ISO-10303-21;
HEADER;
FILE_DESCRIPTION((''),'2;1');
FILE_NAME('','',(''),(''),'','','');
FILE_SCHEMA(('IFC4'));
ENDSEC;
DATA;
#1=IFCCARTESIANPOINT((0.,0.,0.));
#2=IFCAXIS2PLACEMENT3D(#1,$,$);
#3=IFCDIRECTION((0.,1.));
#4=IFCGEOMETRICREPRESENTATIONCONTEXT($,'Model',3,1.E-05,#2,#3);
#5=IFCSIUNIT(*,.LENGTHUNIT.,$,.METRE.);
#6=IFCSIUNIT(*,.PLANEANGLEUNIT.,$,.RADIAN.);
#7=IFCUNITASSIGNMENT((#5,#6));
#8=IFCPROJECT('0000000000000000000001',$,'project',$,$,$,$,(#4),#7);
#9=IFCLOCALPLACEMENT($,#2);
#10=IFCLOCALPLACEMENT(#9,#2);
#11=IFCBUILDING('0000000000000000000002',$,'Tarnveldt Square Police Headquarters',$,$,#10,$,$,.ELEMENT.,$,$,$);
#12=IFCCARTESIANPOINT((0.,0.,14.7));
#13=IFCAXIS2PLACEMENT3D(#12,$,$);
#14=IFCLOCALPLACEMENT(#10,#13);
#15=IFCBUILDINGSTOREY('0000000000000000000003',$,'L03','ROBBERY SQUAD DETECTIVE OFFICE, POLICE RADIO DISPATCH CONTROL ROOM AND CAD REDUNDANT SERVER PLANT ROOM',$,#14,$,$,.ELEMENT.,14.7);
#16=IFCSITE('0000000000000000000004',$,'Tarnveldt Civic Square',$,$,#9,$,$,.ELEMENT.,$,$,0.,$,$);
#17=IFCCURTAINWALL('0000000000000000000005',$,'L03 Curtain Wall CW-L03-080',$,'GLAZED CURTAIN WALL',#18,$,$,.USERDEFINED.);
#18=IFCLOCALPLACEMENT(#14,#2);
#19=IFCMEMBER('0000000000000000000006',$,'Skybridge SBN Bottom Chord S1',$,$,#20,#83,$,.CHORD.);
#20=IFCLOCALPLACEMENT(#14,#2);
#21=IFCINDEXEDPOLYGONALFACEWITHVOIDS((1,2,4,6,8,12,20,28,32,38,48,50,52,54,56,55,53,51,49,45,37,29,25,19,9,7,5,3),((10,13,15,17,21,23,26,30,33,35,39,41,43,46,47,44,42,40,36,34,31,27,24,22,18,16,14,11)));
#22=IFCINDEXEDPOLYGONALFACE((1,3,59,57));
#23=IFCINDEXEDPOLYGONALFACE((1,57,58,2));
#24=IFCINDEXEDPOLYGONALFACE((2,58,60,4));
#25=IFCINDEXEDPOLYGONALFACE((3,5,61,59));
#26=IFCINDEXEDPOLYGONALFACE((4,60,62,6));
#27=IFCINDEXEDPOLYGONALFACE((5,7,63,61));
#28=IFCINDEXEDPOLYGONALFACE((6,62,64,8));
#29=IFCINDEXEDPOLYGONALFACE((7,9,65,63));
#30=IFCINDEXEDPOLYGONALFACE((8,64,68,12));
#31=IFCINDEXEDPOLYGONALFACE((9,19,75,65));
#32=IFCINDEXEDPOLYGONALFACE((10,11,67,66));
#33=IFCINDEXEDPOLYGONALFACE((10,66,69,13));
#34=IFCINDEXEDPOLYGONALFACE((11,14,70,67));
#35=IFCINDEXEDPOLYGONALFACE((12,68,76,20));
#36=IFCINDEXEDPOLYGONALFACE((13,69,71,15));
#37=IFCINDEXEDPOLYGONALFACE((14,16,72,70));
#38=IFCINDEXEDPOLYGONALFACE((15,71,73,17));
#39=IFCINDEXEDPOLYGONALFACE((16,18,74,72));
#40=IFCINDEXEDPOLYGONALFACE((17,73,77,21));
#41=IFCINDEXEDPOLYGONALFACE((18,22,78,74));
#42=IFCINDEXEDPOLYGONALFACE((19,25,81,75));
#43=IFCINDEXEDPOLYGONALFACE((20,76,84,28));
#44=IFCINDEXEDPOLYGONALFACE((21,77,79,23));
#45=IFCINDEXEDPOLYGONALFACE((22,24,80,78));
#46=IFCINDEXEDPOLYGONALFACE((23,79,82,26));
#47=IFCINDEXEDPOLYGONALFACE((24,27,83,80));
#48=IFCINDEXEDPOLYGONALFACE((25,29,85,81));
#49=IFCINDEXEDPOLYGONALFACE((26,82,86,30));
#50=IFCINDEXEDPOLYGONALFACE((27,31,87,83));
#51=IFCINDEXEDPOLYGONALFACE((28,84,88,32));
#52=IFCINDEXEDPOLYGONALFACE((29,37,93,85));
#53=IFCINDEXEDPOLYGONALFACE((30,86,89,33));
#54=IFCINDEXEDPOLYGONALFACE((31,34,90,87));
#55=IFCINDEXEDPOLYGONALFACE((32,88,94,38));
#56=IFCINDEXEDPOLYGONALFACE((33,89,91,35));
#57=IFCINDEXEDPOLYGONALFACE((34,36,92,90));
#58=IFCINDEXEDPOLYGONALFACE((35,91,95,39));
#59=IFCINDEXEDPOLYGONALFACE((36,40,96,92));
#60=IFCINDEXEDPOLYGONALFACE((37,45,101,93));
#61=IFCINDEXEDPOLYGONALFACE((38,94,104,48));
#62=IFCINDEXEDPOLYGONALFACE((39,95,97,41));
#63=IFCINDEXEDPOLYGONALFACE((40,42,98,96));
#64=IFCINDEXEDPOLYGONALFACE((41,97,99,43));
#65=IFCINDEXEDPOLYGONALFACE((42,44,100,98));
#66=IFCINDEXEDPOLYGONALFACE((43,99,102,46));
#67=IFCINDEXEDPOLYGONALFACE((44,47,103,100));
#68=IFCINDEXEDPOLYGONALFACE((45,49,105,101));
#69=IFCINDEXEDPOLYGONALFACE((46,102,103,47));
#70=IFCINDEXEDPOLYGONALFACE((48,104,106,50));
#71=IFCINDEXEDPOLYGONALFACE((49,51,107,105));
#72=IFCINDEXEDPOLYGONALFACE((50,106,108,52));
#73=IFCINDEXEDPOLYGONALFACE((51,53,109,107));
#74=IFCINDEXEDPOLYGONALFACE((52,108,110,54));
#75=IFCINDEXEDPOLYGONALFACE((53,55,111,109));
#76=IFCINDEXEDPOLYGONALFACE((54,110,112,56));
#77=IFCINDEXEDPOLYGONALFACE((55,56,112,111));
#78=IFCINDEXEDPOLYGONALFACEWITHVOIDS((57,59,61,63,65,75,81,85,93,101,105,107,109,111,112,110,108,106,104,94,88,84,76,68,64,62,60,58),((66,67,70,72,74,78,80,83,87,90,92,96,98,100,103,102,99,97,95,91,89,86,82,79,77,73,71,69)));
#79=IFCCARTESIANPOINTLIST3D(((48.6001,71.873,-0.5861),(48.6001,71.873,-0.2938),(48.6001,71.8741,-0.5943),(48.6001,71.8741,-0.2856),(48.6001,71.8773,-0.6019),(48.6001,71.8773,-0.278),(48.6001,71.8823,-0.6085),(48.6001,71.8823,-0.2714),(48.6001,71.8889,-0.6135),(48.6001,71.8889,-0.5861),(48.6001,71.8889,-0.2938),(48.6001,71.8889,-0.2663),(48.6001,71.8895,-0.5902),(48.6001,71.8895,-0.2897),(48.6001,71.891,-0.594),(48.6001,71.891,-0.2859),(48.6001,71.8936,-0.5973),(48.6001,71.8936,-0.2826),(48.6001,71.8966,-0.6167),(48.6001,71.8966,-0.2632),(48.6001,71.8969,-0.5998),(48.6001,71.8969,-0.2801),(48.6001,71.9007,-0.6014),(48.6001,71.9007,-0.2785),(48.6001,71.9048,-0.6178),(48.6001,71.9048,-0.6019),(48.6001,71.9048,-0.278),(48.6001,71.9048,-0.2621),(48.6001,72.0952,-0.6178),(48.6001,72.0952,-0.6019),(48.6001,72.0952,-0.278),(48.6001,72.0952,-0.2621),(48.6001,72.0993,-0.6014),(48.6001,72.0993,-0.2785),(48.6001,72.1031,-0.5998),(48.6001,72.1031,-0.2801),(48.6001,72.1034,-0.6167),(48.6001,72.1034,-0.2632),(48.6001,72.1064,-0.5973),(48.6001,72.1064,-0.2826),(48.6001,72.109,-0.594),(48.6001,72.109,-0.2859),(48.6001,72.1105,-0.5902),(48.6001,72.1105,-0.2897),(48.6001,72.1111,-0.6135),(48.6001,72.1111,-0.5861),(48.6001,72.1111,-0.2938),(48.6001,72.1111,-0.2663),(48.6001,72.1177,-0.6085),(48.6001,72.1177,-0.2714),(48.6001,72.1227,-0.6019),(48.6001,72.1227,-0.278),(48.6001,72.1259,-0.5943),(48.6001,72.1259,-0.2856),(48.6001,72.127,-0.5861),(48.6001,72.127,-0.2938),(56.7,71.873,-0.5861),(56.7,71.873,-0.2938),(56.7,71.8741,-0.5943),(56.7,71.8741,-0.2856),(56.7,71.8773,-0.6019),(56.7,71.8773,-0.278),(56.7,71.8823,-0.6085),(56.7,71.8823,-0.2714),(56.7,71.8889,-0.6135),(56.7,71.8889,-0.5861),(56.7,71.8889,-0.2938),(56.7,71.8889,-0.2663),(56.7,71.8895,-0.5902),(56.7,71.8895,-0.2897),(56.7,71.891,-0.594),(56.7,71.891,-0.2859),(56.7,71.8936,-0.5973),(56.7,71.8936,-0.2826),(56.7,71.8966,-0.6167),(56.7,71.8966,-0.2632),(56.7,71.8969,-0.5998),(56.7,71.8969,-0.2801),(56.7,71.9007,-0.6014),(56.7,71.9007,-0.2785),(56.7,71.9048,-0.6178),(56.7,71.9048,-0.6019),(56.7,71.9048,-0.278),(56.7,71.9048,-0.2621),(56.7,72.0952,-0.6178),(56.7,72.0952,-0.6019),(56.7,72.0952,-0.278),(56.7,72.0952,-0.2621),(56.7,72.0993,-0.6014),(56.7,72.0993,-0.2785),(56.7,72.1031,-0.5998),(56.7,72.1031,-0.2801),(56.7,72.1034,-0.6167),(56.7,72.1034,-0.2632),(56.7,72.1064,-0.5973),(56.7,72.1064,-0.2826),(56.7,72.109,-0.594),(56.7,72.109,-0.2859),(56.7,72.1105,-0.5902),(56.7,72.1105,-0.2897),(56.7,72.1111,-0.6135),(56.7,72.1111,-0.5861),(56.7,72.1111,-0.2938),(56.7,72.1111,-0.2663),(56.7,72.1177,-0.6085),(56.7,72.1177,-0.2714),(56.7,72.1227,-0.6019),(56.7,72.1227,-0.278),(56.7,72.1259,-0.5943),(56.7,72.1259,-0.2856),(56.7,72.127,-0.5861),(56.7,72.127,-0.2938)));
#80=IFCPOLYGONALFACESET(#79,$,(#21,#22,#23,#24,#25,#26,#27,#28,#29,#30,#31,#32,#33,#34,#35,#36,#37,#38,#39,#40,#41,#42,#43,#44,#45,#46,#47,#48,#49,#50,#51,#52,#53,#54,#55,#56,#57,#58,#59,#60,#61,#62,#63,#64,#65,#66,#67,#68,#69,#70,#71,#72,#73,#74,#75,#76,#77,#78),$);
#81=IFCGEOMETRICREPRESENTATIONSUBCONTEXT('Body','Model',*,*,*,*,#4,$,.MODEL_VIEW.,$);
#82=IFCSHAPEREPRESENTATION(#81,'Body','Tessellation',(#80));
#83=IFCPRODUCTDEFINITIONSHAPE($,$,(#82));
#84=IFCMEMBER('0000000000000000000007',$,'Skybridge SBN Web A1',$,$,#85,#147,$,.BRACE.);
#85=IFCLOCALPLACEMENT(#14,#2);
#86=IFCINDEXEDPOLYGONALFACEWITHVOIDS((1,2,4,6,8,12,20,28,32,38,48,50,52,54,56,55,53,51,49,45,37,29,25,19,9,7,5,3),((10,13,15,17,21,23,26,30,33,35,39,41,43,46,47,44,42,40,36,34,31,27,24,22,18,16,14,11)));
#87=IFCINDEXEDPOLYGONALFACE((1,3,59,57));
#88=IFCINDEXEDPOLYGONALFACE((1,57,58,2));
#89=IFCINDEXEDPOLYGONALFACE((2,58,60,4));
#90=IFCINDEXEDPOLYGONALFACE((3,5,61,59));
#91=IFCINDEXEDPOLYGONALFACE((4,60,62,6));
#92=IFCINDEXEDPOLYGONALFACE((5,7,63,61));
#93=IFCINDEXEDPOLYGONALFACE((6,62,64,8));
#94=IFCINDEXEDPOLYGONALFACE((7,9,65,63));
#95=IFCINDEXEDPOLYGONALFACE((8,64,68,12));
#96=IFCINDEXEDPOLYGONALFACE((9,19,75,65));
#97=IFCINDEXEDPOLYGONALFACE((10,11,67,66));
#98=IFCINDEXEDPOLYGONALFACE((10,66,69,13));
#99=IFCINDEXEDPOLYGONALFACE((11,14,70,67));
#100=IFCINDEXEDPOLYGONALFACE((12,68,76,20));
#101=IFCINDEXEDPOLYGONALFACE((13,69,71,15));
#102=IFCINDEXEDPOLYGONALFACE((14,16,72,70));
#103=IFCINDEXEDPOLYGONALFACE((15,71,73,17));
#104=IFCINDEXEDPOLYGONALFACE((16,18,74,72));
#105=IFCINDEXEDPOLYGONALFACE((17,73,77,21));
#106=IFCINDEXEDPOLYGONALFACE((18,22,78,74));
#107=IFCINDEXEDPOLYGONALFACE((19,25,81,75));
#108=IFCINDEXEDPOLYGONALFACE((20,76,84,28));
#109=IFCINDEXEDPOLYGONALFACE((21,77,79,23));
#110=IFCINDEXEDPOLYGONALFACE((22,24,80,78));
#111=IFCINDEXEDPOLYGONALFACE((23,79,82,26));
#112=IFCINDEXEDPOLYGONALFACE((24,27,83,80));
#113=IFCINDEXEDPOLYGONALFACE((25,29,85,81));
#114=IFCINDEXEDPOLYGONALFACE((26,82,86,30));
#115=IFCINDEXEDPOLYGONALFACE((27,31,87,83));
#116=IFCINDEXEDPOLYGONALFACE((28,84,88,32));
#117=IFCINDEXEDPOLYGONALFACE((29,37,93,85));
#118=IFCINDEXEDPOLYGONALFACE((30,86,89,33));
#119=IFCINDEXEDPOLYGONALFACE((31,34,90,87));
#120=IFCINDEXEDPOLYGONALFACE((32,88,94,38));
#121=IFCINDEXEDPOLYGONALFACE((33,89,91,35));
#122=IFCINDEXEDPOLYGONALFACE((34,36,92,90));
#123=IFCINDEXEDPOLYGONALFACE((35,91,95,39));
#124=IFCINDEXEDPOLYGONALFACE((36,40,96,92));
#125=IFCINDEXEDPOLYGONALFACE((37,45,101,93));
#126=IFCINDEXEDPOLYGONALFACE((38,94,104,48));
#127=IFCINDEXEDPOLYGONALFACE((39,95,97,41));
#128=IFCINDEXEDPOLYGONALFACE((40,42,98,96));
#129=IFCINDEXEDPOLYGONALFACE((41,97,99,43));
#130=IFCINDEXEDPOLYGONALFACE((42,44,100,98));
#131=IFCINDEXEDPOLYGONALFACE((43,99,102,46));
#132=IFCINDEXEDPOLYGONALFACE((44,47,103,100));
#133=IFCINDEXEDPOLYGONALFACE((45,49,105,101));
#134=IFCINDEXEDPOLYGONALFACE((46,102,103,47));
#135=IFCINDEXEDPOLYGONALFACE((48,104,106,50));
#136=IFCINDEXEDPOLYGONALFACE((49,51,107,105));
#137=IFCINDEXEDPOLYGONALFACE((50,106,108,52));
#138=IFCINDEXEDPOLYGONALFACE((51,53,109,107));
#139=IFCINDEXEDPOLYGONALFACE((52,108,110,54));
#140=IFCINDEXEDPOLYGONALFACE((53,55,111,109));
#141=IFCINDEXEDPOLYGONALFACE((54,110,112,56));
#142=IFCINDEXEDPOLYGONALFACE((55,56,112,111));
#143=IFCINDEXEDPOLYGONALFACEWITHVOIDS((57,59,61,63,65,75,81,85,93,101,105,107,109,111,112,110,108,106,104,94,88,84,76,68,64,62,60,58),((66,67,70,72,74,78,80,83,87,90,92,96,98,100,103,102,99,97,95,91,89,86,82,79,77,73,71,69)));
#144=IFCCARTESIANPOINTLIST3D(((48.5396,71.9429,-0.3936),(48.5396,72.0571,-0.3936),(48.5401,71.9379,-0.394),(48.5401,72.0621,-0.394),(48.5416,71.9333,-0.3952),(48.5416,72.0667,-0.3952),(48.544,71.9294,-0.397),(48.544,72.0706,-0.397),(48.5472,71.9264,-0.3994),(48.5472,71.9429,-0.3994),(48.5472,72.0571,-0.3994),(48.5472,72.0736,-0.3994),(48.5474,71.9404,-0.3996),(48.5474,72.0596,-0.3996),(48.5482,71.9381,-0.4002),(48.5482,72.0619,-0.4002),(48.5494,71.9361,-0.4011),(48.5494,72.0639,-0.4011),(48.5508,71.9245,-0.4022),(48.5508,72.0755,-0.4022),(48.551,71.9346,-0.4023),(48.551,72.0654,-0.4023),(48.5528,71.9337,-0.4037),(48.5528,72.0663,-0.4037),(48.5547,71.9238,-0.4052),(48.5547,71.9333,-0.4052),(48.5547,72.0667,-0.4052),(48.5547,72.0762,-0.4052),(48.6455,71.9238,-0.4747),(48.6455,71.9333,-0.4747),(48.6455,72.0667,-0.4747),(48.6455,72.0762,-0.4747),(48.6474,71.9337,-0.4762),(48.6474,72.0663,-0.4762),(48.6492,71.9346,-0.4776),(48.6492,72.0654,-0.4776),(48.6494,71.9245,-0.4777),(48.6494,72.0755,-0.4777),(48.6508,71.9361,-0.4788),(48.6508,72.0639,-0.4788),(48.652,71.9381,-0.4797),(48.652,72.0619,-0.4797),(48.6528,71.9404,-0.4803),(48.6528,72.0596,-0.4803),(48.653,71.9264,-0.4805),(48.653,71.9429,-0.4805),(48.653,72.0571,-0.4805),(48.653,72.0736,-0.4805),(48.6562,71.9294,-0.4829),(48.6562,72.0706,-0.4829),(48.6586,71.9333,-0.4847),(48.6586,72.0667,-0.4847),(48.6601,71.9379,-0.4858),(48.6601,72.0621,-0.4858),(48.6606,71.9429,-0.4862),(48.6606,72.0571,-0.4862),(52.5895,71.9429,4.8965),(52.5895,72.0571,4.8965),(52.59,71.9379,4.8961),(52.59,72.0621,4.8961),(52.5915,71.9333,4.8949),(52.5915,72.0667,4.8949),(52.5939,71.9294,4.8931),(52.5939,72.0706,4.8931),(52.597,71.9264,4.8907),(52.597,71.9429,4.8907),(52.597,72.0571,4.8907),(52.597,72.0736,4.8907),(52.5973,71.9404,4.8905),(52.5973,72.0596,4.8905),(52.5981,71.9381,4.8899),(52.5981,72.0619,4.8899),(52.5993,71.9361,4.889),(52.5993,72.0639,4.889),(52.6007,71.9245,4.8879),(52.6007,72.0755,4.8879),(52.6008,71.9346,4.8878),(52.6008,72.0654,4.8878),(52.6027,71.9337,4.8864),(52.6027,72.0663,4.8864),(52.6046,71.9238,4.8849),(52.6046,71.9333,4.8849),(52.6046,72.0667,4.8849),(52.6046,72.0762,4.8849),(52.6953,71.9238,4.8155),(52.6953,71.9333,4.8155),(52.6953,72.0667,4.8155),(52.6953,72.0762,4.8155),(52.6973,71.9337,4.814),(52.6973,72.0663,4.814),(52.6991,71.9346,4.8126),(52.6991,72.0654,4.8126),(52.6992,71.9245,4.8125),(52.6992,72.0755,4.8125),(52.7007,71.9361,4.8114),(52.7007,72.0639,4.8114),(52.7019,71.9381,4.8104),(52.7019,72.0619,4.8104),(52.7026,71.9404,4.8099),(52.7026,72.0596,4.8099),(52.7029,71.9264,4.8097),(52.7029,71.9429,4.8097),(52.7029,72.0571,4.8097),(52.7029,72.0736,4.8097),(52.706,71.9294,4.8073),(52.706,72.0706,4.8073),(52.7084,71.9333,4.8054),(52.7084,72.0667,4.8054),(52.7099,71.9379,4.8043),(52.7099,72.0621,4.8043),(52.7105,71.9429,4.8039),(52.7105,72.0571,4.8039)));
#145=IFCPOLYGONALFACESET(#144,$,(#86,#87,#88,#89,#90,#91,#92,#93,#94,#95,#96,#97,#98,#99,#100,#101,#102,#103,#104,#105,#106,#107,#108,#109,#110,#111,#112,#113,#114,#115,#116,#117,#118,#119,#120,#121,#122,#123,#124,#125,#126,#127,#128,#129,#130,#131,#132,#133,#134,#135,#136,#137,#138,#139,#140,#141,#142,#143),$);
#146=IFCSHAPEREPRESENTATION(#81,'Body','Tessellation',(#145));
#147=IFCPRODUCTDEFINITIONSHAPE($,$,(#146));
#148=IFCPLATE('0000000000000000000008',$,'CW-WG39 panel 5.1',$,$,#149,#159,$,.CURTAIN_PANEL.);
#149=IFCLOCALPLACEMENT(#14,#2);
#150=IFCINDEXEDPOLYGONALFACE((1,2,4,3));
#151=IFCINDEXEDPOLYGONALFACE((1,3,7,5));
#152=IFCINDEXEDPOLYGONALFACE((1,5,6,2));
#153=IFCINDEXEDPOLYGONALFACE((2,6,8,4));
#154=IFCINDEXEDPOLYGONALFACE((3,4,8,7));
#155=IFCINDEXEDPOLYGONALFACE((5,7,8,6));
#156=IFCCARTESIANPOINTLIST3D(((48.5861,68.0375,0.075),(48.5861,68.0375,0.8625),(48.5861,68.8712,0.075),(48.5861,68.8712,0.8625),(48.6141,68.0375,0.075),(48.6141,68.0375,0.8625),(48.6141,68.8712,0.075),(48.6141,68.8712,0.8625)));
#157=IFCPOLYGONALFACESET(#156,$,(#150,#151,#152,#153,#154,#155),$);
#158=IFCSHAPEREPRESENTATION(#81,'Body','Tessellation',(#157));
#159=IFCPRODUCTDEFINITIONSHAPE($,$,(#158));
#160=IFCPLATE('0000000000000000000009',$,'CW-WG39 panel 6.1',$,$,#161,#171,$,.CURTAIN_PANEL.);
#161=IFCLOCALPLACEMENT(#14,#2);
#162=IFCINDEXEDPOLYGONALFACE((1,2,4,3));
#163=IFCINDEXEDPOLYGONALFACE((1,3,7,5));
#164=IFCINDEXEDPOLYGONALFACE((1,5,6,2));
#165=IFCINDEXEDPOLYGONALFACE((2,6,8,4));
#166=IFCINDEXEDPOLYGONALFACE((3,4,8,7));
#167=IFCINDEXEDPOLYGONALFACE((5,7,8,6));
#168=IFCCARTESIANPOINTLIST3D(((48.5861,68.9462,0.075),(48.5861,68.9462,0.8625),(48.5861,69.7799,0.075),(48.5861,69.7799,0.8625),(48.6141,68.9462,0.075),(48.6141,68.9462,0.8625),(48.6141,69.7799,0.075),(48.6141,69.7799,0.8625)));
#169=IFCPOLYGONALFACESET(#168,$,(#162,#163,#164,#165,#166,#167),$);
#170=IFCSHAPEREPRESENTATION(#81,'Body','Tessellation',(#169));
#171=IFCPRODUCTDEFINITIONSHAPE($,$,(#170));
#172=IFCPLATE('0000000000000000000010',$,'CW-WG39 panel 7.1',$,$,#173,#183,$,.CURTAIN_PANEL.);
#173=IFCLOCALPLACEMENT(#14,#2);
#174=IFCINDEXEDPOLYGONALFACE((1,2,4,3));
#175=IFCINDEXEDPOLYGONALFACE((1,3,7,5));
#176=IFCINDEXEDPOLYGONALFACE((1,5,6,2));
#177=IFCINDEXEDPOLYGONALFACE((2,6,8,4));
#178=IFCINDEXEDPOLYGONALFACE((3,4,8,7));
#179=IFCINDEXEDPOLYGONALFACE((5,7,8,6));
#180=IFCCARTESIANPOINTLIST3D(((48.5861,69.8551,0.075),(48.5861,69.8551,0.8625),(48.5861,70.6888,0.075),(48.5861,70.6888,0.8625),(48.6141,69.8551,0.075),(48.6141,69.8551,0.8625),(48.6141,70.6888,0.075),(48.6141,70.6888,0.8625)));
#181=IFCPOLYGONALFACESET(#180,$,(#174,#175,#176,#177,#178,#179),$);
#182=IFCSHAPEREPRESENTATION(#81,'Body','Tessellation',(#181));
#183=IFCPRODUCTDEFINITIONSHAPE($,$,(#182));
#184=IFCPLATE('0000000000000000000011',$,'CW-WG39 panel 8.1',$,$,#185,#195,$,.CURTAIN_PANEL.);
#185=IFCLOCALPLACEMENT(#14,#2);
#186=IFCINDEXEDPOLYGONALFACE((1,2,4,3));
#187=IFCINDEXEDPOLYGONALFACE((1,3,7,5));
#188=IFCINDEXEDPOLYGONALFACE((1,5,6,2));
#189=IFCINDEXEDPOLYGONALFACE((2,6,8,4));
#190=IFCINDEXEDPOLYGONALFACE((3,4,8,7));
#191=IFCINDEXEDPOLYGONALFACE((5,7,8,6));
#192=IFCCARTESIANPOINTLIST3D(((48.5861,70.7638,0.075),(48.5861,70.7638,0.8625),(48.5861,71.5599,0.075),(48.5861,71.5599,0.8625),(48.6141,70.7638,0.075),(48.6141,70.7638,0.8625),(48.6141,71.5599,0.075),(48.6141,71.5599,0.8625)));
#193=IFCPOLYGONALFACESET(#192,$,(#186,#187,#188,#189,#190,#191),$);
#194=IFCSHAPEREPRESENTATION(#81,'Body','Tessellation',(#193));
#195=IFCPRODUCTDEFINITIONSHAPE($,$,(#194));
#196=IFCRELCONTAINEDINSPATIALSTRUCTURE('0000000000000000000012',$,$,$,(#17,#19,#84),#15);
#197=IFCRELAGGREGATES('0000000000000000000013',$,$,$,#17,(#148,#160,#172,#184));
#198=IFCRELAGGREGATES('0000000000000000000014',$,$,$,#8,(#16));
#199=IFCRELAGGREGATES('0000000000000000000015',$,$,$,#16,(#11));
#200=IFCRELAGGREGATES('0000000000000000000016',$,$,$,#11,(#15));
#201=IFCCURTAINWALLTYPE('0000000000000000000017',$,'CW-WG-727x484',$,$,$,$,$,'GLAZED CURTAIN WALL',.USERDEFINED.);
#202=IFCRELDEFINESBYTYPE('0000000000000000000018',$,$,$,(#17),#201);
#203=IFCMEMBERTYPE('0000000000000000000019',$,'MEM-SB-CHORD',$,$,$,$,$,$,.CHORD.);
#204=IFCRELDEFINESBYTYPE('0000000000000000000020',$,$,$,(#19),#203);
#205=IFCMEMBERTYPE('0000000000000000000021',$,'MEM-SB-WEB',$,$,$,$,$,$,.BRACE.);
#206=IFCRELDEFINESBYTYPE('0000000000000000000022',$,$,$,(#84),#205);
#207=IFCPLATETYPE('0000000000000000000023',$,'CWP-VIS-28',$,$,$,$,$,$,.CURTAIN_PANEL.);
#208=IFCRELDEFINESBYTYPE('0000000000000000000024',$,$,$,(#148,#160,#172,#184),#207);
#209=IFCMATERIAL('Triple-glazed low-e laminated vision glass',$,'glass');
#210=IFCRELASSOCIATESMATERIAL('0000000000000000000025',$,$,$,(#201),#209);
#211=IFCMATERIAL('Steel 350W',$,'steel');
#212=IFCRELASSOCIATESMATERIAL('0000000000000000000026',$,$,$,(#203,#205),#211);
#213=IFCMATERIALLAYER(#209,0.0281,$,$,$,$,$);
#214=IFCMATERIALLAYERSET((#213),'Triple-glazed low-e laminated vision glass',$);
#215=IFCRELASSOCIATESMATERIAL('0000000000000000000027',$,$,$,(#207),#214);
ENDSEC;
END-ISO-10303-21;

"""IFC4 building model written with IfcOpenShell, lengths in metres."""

from ifc_helpers import new_model, si_unit, direction, frame, origin, origin_2d, place, context, subcontext, project, spatial, rectangle, hollow_rectangle, extrude, material, layer, layer_set, material_profile, profile_set, type_object, element, aggregate, save


model = new_model("IFC4")

# Units and contexts
model_context = context("Model", 3, precision=1e-05, world=origin(), true_north=direction((0.0, 1.0)))
body_context = subcontext(model_context, "Body", "Model", "MODEL_VIEW")
ifc_project = project(units=[si_unit("LENGTHUNIT", "METRE"), si_unit("PLANEANGLEUNIT", "RADIAN")], contexts=[model_context])

# Site, building, storey
site_placement = place(None, origin())
site = spatial("IfcSite", under=ifc_project, at=site_placement, Name="Tarnveldt Civic Square", CompositionType="ELEMENT", RefElevation=0.0)
building_placement = place(site_placement, origin())
building = spatial("IfcBuilding", under=site, at=building_placement, Name="Tarnveldt Square Police Headquarters", CompositionType="ELEMENT")
storey_placement = place(building_placement, frame((0.0, 0.0, 14.7)))
storey = spatial("IfcBuildingStorey", under=building, at=storey_placement, Name="L03", Description="ROBBERY SQUAD DETECTIVE OFFICE, POLICE RADIO DISPATCH CONTROL ROOM AND CAD REDUNDANT SERVER PLANT ROOM", CompositionType="ELEMENT", Elevation=14.7)

# Shared definitions
ifc_material_1 = material(Name="Steel 350W", Category="steel")

# Curtain wall
ifc_material_2 = material(Name="Triple-glazed low-e laminated vision glass", Category="glass")
curtain_wall_type_1 = type_object("IfcCurtainWallType", Name="CW-WG-727x484", ElementType="GLAZED CURTAIN WALL", PredefinedType="USERDEFINED", material=ifc_material_2)
curtain_wall_1_placement = place(storey_placement, origin())
curtain_wall_1 = element("IfcCurtainWall", 1, at=curtain_wall_1_placement, inside=storey, type_object=curtain_wall_type_1, Name="L03 Curtain Wall CW-L03-080", ObjectType="GLAZED CURTAIN WALL", PredefinedType="USERDEFINED")

# Members
ifc_material_profile_1 = material_profile(ifc_material_1, hollow_rectangle(XDim=0.2539, YDim=0.3557, WallThickness=0.0159, InnerFilletRadius=0.0159, OuterFilletRadius=0.0317, at=origin_2d()), Name="HSS356x254x16")
ifc_profile_set_1 = profile_set([ifc_material_profile_1], Name="Steel 350W")
member_type_1 = type_object("IfcMemberType", Name="MEM-SB-CHORD", PredefinedType="CHORD", material=ifc_profile_set_1)
member_1_placement = place(storey_placement, frame((48.6001, 72.0, -0.4399), z_axis=(1.0, 0.0, 0.0), x_axis=(0.0, 1.0, 0.0)))
element("IfcMember", 2, at=member_1_placement, inside=storey, type_object=member_type_1, Name="Skybridge SBN Bottom Chord S1", PredefinedType="CHORD", context=body_context, shape_type="SweptSolid", body=[
    extrude(hollow_rectangle(XDim=0.2539, YDim=0.3557, WallThickness=0.0159, InnerFilletRadius=0.0159, OuterFilletRadius=0.0317, at=origin_2d()), origin(), (0.0, 0.0, 1.0), 8.0999),
])
ifc_material_profile_2 = material_profile(ifc_material_1, hollow_rectangle(XDim=0.1523, YDim=0.1523, WallThickness=0.0095, InnerFilletRadius=0.0095, OuterFilletRadius=0.019, at=origin_2d()), Name="HSS152x152x9.5")
ifc_profile_set_2 = profile_set([ifc_material_profile_2], Name="Steel 350W")
member_type_2 = type_object("IfcMemberType", Name="MEM-SB-WEB", PredefinedType="BRACE", material=ifc_profile_set_2)
member_2_placement = place(storey_placement, frame((48.6001, 72.0, -0.4399), z_axis=(0.607874, 0.0, 0.794033), x_axis=(0.0, 1.0, 0.0)))
element("IfcMember", 3, at=member_2_placement, inside=storey, type_object=member_type_2, Name="Skybridge SBN Web A1", PredefinedType="BRACE", context=body_context, shape_type="SweptSolid", body=[
    extrude(hollow_rectangle(XDim=0.1523, YDim=0.1523, WallThickness=0.0095, InnerFilletRadius=0.0095, OuterFilletRadius=0.019, at=origin_2d()), origin(), (0.0, 0.0, 1.0), 6.6624),
])

# Plates
ifc_layer_1 = layer(ifc_material_2, 0.0281)
ifc_layer_set_1 = layer_set([ifc_layer_1], Name="Triple-glazed low-e laminated vision glass")
plate_type_1 = type_object("IfcPlateType", Name="CWP-VIS-28", PredefinedType="CURTAIN_PANEL", material=ifc_layer_set_1)
plate_1_placement = place(storey_placement, frame((48.6001, 68.4543, 0.075), z_axis=(0.0, 0.0, 1.0), x_axis=(0.0, 1.0, 0.0)))
plate_1 = element("IfcPlate", 4, at=plate_1_placement, type_object=plate_type_1, Name="CW-WG39 panel 5.1", PredefinedType="CURTAIN_PANEL", context=body_context, shape_type="SweptSolid", body=[
    extrude(rectangle(XDim=0.8337, YDim=0.0281, at=origin_2d()), origin(), (0.0, 0.0, 1.0), 0.7876),
])
plate_2_placement = place(storey_placement, frame((48.6001, 69.363, 0.075), z_axis=(0.0, 0.0, 1.0), x_axis=(0.0, 1.0, 0.0)))
plate_2 = element("IfcPlate", 5, at=plate_2_placement, type_object=plate_type_1, Name="CW-WG39 panel 6.1", PredefinedType="CURTAIN_PANEL", context=body_context, shape_type="SweptSolid", body=[
    extrude(rectangle(XDim=0.8337, YDim=0.0281, at=origin_2d()), origin(), (0.0, 0.0, 1.0), 0.7876),
])
plate_3_placement = place(storey_placement, frame((48.6001, 70.272, 0.075), z_axis=(0.0, 0.0, 1.0), x_axis=(0.0, 1.0, 0.0)))
plate_3 = element("IfcPlate", 6, at=plate_3_placement, type_object=plate_type_1, Name="CW-WG39 panel 7.1", PredefinedType="CURTAIN_PANEL", context=body_context, shape_type="SweptSolid", body=[
    extrude(rectangle(XDim=0.8337, YDim=0.0281, at=origin_2d()), origin(), (0.0, 0.0, 1.0), 0.7876),
])
plate_4_placement = place(storey_placement, frame((48.6001, 71.1619, 0.075), z_axis=(0.0, 0.0, 1.0), x_axis=(0.0, 1.0, 0.0)))
plate_4 = element("IfcPlate", 7, at=plate_4_placement, type_object=plate_type_1, Name="CW-WG39 panel 8.1", PredefinedType="CURTAIN_PANEL", context=body_context, shape_type="SweptSolid", body=[
    extrude(rectangle(XDim=0.7961, YDim=0.0281, at=origin_2d()), origin(), (0.0, 0.0, 1.0), 0.7876),
])
aggregate(curtain_wall_1, [plate_1, plate_2, plate_3, plate_4])

save(model, "model.ifc")
